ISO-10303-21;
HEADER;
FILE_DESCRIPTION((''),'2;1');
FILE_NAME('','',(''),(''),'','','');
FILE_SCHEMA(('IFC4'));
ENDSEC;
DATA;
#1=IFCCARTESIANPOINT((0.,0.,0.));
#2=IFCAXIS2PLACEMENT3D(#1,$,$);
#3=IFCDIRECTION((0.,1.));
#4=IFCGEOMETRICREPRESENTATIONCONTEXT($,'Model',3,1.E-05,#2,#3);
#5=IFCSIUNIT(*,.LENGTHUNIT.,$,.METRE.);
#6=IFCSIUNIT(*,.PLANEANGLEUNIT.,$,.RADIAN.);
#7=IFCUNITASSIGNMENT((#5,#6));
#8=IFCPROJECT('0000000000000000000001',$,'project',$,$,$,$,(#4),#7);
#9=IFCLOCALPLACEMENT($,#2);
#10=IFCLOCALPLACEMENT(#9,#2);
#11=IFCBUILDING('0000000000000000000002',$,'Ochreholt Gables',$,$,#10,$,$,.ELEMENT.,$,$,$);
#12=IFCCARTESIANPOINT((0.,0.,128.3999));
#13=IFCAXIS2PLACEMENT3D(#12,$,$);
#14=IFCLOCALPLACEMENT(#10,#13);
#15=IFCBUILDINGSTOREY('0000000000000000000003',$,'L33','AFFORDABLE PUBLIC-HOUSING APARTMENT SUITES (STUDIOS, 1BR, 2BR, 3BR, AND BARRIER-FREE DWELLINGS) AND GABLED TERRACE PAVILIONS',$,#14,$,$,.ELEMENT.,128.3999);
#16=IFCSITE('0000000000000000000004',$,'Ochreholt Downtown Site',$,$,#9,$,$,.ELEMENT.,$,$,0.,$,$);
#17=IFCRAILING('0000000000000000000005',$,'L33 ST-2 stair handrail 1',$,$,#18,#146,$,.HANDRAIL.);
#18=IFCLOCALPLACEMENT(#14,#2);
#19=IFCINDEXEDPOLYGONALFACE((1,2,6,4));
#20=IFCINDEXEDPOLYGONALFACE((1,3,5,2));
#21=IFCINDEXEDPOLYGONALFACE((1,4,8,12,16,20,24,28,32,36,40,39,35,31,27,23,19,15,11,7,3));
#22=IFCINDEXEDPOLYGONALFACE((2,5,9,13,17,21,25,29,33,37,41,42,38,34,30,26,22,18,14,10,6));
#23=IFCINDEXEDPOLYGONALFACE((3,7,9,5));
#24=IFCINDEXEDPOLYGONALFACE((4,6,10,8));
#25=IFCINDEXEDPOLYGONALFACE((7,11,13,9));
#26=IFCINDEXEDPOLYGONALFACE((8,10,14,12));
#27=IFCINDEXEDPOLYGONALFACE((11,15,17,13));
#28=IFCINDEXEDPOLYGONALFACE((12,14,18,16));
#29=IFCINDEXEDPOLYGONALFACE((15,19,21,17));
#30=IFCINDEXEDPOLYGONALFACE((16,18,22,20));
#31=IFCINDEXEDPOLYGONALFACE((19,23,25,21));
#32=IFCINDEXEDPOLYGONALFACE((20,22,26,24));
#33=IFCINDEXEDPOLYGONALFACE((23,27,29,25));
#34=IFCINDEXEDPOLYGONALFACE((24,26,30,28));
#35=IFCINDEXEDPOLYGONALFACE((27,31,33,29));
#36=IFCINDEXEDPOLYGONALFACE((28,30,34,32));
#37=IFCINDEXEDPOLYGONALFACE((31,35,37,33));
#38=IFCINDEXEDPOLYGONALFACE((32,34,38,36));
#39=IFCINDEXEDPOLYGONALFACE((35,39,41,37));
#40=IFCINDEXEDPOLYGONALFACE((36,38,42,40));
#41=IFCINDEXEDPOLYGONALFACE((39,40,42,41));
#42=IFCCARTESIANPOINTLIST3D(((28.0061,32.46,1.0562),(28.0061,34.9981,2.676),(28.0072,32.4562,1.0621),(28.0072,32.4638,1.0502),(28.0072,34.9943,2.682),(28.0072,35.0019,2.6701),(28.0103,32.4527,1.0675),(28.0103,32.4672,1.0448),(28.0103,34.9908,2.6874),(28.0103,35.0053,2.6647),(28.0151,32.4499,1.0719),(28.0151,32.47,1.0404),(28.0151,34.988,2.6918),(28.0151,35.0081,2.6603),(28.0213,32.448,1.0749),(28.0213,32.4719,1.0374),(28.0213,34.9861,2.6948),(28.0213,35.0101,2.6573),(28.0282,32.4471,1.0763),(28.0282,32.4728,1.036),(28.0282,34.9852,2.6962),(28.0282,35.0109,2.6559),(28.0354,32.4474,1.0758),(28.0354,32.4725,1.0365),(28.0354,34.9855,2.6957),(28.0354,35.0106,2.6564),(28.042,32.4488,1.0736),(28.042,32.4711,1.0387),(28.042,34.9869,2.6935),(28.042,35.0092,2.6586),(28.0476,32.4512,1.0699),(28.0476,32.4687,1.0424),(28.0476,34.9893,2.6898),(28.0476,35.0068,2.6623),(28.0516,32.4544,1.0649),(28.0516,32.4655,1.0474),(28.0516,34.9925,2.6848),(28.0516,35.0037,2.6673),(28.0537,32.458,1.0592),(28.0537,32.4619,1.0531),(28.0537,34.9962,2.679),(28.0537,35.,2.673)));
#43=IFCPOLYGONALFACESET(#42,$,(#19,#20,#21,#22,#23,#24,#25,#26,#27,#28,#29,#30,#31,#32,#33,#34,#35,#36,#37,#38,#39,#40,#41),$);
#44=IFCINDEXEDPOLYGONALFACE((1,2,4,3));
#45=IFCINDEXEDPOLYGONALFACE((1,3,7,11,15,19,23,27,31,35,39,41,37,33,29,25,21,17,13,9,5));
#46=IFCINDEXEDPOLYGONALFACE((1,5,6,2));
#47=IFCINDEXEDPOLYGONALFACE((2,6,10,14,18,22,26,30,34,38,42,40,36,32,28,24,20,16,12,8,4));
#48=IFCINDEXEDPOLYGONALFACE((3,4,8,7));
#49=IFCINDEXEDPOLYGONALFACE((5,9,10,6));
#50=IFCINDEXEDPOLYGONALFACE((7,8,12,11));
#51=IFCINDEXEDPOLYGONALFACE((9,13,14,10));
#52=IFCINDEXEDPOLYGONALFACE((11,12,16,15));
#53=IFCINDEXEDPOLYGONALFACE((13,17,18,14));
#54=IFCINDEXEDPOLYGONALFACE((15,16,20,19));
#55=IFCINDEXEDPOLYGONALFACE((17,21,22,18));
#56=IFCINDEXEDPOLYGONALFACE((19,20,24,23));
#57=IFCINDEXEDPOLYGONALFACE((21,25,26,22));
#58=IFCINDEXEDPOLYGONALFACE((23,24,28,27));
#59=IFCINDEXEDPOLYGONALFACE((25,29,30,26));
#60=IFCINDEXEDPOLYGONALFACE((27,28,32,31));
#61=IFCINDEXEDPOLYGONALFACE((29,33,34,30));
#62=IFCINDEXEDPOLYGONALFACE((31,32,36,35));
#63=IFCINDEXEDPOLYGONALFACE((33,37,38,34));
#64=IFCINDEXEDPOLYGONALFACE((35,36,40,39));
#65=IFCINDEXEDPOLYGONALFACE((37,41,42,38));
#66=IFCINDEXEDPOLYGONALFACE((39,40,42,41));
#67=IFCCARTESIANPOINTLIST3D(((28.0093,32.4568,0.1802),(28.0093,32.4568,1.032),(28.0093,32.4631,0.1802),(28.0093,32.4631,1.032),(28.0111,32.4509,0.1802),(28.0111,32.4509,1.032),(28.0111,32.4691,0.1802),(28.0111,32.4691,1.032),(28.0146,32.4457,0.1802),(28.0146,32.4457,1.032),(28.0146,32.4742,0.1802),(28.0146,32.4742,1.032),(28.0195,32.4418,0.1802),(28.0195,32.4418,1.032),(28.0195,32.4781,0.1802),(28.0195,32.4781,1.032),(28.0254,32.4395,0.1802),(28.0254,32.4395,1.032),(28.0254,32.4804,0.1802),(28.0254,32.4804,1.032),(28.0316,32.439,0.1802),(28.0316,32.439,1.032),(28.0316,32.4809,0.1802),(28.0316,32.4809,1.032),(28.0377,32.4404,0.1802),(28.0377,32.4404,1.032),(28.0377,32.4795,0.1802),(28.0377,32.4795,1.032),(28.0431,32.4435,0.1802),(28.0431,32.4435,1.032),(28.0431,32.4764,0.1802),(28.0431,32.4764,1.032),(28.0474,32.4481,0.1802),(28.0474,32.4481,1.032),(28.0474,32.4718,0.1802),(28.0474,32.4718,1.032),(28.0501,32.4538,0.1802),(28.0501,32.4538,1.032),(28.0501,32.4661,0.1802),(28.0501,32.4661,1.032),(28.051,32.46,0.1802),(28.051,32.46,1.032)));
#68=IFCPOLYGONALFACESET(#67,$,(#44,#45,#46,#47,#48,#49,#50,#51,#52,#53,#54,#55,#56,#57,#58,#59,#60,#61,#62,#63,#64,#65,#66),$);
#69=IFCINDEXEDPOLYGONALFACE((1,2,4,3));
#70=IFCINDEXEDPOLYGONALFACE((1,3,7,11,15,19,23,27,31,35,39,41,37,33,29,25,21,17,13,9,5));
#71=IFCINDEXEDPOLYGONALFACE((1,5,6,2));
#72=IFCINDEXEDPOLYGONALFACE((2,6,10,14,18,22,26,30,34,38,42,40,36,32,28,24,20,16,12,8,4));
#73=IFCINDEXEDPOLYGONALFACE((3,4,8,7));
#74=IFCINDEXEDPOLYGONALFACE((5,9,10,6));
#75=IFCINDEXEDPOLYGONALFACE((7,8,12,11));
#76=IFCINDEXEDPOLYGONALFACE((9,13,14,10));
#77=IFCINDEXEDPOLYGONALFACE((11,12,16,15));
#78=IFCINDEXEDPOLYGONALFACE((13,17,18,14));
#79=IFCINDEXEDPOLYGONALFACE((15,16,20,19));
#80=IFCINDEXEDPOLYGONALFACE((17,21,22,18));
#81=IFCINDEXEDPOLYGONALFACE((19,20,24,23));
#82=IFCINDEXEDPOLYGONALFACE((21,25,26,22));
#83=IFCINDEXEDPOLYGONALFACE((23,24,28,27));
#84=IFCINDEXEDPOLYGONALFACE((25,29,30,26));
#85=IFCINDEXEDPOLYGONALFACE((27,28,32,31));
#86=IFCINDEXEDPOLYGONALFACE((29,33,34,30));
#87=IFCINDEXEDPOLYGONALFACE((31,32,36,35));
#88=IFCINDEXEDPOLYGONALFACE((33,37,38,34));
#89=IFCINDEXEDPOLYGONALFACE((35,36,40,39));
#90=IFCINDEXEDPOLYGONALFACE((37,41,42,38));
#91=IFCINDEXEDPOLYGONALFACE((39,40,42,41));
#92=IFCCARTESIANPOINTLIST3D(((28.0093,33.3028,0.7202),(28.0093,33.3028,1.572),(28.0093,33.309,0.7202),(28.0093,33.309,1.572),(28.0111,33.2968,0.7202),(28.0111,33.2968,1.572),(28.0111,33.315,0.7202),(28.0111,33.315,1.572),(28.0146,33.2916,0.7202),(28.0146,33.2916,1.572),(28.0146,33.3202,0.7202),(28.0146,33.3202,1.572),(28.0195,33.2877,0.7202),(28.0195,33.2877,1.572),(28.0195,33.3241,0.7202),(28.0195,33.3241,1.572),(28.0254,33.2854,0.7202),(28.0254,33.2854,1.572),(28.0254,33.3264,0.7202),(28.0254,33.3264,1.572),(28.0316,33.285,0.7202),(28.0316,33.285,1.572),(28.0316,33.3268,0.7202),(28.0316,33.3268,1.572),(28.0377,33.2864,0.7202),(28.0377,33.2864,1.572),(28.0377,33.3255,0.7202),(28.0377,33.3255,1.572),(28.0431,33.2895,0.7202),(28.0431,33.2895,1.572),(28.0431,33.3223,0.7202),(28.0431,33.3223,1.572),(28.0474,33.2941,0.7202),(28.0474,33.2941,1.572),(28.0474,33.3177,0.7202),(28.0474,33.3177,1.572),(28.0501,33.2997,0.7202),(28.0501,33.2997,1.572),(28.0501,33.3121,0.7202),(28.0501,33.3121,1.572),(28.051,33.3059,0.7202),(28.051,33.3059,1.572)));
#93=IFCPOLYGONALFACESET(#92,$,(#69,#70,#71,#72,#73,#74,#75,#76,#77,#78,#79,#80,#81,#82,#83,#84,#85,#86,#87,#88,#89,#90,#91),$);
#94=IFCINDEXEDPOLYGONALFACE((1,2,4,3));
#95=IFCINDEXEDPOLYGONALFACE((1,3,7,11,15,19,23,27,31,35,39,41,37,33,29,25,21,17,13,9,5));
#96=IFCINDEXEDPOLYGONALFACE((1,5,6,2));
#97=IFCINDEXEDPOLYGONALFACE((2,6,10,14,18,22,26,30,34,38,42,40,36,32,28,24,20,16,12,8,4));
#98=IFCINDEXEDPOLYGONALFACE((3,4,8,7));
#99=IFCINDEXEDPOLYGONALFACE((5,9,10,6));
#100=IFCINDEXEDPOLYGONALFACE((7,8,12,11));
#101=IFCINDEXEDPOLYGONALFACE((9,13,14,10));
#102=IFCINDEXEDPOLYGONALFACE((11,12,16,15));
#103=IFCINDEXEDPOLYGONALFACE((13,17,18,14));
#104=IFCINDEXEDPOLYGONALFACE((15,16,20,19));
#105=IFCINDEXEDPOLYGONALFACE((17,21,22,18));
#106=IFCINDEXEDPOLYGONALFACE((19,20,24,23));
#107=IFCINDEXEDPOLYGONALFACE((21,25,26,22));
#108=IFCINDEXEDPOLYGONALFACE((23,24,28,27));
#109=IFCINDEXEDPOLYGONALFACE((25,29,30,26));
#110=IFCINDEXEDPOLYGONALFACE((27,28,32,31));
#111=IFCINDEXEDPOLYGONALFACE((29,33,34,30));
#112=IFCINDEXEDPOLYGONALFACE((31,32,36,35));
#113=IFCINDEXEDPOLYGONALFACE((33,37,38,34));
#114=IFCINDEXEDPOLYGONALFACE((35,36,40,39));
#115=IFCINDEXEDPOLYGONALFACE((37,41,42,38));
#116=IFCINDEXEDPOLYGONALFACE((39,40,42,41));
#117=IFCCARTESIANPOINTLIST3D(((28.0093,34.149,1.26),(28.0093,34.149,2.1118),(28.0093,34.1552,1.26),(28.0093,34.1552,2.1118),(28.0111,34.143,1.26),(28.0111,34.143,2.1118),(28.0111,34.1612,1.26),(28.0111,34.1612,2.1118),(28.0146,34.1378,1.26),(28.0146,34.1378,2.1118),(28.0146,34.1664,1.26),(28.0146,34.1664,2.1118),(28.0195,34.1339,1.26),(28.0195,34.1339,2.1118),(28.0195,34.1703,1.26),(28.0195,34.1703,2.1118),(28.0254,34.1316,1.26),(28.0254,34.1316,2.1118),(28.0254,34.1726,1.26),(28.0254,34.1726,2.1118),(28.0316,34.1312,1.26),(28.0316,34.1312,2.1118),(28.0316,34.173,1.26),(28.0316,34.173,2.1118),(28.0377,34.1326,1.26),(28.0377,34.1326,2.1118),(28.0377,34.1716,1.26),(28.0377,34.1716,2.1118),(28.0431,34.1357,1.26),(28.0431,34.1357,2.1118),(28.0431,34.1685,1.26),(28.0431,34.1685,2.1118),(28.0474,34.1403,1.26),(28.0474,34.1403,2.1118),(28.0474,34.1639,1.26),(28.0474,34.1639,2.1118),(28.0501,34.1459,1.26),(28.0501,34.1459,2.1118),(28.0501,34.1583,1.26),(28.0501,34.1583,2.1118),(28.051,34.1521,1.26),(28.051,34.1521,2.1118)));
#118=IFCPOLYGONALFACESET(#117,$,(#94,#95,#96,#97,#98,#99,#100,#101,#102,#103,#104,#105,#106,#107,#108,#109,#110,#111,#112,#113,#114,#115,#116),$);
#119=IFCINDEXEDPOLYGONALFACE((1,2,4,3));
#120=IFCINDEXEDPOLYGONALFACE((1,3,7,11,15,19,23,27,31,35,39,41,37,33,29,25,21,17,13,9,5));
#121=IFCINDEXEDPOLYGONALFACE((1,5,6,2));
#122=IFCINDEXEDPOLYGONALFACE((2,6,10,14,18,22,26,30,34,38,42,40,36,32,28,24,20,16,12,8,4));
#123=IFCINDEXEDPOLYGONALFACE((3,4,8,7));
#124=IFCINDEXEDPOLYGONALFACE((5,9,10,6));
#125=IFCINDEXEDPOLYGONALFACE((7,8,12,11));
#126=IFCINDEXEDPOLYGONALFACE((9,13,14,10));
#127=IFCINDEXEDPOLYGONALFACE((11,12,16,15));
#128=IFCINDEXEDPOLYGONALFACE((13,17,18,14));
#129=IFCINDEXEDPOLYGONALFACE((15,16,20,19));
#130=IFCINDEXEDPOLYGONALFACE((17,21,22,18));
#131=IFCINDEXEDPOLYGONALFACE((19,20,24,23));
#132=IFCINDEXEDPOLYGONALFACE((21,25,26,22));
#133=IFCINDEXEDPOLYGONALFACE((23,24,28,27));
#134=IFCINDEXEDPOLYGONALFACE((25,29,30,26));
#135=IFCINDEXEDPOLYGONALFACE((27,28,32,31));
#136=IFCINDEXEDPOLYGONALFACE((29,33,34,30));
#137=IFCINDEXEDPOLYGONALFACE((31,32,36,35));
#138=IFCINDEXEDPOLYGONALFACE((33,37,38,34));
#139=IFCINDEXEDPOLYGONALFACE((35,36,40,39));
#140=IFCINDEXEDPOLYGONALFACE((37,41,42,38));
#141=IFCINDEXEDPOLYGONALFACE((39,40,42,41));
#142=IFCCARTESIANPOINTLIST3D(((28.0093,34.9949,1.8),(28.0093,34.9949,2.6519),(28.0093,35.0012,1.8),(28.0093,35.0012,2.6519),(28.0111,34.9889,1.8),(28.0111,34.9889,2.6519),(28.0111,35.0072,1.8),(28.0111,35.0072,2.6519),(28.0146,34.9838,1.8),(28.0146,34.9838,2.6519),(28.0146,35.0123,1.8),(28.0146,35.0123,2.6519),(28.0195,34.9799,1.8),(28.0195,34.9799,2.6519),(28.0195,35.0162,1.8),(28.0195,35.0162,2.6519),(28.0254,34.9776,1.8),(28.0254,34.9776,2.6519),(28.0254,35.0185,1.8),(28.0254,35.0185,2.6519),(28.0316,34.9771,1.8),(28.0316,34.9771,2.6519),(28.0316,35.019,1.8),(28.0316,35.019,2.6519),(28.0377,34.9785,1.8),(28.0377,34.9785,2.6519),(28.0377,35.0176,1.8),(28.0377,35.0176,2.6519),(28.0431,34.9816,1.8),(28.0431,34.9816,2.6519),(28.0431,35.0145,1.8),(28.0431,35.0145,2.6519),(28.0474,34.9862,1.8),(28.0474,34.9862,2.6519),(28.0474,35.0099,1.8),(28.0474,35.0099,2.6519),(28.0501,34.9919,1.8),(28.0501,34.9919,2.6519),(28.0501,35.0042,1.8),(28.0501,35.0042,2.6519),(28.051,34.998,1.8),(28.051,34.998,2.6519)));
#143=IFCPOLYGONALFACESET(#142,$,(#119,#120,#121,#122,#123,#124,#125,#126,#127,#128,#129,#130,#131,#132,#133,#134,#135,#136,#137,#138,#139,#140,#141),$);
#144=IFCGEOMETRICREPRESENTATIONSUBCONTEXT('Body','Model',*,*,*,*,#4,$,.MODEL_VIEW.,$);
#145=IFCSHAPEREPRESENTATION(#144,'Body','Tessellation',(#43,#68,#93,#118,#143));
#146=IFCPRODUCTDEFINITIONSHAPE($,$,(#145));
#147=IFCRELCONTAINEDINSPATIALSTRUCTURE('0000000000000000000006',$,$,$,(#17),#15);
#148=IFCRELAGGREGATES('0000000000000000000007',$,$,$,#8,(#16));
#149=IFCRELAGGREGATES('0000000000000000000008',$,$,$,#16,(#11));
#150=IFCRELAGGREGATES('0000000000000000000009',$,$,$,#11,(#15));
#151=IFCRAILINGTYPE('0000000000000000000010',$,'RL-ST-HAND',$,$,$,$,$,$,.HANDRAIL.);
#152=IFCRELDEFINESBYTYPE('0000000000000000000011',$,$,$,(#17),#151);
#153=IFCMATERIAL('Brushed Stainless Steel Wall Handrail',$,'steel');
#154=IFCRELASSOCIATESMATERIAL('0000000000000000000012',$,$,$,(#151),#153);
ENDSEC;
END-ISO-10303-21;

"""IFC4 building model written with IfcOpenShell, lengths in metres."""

from ifc_helpers import new_model, si_unit, direction, frame, origin, origin_2d, place, context, subcontext, project, spatial, circle, extrude, material, type_object, element, save


model = new_model("IFC4")

# Units and contexts
model_context = context("Model", 3, precision=1e-05, world=origin(), true_north=direction((0.0, 1.0)))
body_context = subcontext(model_context, "Body", "Model", "MODEL_VIEW")
ifc_project = project(units=[si_unit("LENGTHUNIT", "METRE"), si_unit("PLANEANGLEUNIT", "RADIAN")], contexts=[model_context])

# Site, building, storey
site_placement = place(None, origin())
site = spatial("IfcSite", under=ifc_project, at=site_placement, Name="Ochreholt Downtown Site", CompositionType="ELEMENT", RefElevation=0.0)
building_placement = place(site_placement, origin())
building = spatial("IfcBuilding", under=site, at=building_placement, Name="Ochreholt Gables", CompositionType="ELEMENT")
storey_placement = place(building_placement, frame((0.0, 0.0, 128.3999)))
storey = spatial("IfcBuildingStorey", under=building, at=storey_placement, Name="L33", Description="AFFORDABLE PUBLIC-HOUSING APARTMENT SUITES (STUDIOS, 1BR, 2BR, 3BR, AND BARRIER-FREE DWELLINGS) AND GABLED TERRACE PAVILIONS", CompositionType="ELEMENT", Elevation=128.3999)

# Railing
ifc_material_1 = material(Name="Brushed Stainless Steel Wall Handrail", Category="steel")
railing_type = type_object("IfcRailingType", Name="RL-ST-HAND", PredefinedType="HANDRAIL", material=ifc_material_1)
railing_placement = place(storey_placement, frame((28.03, 32.46, 0.1802)))
element("IfcRailing", 1, at=railing_placement, inside=storey, type_object=railing_type, Name="L33 ST-2 stair handrail 1", PredefinedType="HANDRAIL", context=body_context, shape_type="SweptSolid", body=[
    extrude(circle(Radius=0.0239, at=origin_2d()), frame((0.0, 0.0, 0.876), z_axis=(0.0, 0.84295, 0.537993), x_axis=(-1.0, 0.0, 0.0)), (0.0, 0.0, 1.0), 3.011),
    extrude(circle(Radius=0.021, at=origin_2d()), origin(), (0.0, 0.0, 1.0), 0.8518),
    extrude(circle(Radius=0.021, at=origin_2d()), frame((0.0, 0.8459, 0.54)), (0.0, 0.0, 1.0), 0.8518),
    extrude(circle(Radius=0.021, at=origin_2d()), frame((0.0, 1.6921, 1.0798)), (0.0, 0.0, 1.0), 0.8518),
    extrude(circle(Radius=0.021, at=origin_2d()), frame((0.0, 2.5381, 1.6199)), (0.0, 0.0, 1.0), 0.8518),
])

save(model, "model.ifc")
